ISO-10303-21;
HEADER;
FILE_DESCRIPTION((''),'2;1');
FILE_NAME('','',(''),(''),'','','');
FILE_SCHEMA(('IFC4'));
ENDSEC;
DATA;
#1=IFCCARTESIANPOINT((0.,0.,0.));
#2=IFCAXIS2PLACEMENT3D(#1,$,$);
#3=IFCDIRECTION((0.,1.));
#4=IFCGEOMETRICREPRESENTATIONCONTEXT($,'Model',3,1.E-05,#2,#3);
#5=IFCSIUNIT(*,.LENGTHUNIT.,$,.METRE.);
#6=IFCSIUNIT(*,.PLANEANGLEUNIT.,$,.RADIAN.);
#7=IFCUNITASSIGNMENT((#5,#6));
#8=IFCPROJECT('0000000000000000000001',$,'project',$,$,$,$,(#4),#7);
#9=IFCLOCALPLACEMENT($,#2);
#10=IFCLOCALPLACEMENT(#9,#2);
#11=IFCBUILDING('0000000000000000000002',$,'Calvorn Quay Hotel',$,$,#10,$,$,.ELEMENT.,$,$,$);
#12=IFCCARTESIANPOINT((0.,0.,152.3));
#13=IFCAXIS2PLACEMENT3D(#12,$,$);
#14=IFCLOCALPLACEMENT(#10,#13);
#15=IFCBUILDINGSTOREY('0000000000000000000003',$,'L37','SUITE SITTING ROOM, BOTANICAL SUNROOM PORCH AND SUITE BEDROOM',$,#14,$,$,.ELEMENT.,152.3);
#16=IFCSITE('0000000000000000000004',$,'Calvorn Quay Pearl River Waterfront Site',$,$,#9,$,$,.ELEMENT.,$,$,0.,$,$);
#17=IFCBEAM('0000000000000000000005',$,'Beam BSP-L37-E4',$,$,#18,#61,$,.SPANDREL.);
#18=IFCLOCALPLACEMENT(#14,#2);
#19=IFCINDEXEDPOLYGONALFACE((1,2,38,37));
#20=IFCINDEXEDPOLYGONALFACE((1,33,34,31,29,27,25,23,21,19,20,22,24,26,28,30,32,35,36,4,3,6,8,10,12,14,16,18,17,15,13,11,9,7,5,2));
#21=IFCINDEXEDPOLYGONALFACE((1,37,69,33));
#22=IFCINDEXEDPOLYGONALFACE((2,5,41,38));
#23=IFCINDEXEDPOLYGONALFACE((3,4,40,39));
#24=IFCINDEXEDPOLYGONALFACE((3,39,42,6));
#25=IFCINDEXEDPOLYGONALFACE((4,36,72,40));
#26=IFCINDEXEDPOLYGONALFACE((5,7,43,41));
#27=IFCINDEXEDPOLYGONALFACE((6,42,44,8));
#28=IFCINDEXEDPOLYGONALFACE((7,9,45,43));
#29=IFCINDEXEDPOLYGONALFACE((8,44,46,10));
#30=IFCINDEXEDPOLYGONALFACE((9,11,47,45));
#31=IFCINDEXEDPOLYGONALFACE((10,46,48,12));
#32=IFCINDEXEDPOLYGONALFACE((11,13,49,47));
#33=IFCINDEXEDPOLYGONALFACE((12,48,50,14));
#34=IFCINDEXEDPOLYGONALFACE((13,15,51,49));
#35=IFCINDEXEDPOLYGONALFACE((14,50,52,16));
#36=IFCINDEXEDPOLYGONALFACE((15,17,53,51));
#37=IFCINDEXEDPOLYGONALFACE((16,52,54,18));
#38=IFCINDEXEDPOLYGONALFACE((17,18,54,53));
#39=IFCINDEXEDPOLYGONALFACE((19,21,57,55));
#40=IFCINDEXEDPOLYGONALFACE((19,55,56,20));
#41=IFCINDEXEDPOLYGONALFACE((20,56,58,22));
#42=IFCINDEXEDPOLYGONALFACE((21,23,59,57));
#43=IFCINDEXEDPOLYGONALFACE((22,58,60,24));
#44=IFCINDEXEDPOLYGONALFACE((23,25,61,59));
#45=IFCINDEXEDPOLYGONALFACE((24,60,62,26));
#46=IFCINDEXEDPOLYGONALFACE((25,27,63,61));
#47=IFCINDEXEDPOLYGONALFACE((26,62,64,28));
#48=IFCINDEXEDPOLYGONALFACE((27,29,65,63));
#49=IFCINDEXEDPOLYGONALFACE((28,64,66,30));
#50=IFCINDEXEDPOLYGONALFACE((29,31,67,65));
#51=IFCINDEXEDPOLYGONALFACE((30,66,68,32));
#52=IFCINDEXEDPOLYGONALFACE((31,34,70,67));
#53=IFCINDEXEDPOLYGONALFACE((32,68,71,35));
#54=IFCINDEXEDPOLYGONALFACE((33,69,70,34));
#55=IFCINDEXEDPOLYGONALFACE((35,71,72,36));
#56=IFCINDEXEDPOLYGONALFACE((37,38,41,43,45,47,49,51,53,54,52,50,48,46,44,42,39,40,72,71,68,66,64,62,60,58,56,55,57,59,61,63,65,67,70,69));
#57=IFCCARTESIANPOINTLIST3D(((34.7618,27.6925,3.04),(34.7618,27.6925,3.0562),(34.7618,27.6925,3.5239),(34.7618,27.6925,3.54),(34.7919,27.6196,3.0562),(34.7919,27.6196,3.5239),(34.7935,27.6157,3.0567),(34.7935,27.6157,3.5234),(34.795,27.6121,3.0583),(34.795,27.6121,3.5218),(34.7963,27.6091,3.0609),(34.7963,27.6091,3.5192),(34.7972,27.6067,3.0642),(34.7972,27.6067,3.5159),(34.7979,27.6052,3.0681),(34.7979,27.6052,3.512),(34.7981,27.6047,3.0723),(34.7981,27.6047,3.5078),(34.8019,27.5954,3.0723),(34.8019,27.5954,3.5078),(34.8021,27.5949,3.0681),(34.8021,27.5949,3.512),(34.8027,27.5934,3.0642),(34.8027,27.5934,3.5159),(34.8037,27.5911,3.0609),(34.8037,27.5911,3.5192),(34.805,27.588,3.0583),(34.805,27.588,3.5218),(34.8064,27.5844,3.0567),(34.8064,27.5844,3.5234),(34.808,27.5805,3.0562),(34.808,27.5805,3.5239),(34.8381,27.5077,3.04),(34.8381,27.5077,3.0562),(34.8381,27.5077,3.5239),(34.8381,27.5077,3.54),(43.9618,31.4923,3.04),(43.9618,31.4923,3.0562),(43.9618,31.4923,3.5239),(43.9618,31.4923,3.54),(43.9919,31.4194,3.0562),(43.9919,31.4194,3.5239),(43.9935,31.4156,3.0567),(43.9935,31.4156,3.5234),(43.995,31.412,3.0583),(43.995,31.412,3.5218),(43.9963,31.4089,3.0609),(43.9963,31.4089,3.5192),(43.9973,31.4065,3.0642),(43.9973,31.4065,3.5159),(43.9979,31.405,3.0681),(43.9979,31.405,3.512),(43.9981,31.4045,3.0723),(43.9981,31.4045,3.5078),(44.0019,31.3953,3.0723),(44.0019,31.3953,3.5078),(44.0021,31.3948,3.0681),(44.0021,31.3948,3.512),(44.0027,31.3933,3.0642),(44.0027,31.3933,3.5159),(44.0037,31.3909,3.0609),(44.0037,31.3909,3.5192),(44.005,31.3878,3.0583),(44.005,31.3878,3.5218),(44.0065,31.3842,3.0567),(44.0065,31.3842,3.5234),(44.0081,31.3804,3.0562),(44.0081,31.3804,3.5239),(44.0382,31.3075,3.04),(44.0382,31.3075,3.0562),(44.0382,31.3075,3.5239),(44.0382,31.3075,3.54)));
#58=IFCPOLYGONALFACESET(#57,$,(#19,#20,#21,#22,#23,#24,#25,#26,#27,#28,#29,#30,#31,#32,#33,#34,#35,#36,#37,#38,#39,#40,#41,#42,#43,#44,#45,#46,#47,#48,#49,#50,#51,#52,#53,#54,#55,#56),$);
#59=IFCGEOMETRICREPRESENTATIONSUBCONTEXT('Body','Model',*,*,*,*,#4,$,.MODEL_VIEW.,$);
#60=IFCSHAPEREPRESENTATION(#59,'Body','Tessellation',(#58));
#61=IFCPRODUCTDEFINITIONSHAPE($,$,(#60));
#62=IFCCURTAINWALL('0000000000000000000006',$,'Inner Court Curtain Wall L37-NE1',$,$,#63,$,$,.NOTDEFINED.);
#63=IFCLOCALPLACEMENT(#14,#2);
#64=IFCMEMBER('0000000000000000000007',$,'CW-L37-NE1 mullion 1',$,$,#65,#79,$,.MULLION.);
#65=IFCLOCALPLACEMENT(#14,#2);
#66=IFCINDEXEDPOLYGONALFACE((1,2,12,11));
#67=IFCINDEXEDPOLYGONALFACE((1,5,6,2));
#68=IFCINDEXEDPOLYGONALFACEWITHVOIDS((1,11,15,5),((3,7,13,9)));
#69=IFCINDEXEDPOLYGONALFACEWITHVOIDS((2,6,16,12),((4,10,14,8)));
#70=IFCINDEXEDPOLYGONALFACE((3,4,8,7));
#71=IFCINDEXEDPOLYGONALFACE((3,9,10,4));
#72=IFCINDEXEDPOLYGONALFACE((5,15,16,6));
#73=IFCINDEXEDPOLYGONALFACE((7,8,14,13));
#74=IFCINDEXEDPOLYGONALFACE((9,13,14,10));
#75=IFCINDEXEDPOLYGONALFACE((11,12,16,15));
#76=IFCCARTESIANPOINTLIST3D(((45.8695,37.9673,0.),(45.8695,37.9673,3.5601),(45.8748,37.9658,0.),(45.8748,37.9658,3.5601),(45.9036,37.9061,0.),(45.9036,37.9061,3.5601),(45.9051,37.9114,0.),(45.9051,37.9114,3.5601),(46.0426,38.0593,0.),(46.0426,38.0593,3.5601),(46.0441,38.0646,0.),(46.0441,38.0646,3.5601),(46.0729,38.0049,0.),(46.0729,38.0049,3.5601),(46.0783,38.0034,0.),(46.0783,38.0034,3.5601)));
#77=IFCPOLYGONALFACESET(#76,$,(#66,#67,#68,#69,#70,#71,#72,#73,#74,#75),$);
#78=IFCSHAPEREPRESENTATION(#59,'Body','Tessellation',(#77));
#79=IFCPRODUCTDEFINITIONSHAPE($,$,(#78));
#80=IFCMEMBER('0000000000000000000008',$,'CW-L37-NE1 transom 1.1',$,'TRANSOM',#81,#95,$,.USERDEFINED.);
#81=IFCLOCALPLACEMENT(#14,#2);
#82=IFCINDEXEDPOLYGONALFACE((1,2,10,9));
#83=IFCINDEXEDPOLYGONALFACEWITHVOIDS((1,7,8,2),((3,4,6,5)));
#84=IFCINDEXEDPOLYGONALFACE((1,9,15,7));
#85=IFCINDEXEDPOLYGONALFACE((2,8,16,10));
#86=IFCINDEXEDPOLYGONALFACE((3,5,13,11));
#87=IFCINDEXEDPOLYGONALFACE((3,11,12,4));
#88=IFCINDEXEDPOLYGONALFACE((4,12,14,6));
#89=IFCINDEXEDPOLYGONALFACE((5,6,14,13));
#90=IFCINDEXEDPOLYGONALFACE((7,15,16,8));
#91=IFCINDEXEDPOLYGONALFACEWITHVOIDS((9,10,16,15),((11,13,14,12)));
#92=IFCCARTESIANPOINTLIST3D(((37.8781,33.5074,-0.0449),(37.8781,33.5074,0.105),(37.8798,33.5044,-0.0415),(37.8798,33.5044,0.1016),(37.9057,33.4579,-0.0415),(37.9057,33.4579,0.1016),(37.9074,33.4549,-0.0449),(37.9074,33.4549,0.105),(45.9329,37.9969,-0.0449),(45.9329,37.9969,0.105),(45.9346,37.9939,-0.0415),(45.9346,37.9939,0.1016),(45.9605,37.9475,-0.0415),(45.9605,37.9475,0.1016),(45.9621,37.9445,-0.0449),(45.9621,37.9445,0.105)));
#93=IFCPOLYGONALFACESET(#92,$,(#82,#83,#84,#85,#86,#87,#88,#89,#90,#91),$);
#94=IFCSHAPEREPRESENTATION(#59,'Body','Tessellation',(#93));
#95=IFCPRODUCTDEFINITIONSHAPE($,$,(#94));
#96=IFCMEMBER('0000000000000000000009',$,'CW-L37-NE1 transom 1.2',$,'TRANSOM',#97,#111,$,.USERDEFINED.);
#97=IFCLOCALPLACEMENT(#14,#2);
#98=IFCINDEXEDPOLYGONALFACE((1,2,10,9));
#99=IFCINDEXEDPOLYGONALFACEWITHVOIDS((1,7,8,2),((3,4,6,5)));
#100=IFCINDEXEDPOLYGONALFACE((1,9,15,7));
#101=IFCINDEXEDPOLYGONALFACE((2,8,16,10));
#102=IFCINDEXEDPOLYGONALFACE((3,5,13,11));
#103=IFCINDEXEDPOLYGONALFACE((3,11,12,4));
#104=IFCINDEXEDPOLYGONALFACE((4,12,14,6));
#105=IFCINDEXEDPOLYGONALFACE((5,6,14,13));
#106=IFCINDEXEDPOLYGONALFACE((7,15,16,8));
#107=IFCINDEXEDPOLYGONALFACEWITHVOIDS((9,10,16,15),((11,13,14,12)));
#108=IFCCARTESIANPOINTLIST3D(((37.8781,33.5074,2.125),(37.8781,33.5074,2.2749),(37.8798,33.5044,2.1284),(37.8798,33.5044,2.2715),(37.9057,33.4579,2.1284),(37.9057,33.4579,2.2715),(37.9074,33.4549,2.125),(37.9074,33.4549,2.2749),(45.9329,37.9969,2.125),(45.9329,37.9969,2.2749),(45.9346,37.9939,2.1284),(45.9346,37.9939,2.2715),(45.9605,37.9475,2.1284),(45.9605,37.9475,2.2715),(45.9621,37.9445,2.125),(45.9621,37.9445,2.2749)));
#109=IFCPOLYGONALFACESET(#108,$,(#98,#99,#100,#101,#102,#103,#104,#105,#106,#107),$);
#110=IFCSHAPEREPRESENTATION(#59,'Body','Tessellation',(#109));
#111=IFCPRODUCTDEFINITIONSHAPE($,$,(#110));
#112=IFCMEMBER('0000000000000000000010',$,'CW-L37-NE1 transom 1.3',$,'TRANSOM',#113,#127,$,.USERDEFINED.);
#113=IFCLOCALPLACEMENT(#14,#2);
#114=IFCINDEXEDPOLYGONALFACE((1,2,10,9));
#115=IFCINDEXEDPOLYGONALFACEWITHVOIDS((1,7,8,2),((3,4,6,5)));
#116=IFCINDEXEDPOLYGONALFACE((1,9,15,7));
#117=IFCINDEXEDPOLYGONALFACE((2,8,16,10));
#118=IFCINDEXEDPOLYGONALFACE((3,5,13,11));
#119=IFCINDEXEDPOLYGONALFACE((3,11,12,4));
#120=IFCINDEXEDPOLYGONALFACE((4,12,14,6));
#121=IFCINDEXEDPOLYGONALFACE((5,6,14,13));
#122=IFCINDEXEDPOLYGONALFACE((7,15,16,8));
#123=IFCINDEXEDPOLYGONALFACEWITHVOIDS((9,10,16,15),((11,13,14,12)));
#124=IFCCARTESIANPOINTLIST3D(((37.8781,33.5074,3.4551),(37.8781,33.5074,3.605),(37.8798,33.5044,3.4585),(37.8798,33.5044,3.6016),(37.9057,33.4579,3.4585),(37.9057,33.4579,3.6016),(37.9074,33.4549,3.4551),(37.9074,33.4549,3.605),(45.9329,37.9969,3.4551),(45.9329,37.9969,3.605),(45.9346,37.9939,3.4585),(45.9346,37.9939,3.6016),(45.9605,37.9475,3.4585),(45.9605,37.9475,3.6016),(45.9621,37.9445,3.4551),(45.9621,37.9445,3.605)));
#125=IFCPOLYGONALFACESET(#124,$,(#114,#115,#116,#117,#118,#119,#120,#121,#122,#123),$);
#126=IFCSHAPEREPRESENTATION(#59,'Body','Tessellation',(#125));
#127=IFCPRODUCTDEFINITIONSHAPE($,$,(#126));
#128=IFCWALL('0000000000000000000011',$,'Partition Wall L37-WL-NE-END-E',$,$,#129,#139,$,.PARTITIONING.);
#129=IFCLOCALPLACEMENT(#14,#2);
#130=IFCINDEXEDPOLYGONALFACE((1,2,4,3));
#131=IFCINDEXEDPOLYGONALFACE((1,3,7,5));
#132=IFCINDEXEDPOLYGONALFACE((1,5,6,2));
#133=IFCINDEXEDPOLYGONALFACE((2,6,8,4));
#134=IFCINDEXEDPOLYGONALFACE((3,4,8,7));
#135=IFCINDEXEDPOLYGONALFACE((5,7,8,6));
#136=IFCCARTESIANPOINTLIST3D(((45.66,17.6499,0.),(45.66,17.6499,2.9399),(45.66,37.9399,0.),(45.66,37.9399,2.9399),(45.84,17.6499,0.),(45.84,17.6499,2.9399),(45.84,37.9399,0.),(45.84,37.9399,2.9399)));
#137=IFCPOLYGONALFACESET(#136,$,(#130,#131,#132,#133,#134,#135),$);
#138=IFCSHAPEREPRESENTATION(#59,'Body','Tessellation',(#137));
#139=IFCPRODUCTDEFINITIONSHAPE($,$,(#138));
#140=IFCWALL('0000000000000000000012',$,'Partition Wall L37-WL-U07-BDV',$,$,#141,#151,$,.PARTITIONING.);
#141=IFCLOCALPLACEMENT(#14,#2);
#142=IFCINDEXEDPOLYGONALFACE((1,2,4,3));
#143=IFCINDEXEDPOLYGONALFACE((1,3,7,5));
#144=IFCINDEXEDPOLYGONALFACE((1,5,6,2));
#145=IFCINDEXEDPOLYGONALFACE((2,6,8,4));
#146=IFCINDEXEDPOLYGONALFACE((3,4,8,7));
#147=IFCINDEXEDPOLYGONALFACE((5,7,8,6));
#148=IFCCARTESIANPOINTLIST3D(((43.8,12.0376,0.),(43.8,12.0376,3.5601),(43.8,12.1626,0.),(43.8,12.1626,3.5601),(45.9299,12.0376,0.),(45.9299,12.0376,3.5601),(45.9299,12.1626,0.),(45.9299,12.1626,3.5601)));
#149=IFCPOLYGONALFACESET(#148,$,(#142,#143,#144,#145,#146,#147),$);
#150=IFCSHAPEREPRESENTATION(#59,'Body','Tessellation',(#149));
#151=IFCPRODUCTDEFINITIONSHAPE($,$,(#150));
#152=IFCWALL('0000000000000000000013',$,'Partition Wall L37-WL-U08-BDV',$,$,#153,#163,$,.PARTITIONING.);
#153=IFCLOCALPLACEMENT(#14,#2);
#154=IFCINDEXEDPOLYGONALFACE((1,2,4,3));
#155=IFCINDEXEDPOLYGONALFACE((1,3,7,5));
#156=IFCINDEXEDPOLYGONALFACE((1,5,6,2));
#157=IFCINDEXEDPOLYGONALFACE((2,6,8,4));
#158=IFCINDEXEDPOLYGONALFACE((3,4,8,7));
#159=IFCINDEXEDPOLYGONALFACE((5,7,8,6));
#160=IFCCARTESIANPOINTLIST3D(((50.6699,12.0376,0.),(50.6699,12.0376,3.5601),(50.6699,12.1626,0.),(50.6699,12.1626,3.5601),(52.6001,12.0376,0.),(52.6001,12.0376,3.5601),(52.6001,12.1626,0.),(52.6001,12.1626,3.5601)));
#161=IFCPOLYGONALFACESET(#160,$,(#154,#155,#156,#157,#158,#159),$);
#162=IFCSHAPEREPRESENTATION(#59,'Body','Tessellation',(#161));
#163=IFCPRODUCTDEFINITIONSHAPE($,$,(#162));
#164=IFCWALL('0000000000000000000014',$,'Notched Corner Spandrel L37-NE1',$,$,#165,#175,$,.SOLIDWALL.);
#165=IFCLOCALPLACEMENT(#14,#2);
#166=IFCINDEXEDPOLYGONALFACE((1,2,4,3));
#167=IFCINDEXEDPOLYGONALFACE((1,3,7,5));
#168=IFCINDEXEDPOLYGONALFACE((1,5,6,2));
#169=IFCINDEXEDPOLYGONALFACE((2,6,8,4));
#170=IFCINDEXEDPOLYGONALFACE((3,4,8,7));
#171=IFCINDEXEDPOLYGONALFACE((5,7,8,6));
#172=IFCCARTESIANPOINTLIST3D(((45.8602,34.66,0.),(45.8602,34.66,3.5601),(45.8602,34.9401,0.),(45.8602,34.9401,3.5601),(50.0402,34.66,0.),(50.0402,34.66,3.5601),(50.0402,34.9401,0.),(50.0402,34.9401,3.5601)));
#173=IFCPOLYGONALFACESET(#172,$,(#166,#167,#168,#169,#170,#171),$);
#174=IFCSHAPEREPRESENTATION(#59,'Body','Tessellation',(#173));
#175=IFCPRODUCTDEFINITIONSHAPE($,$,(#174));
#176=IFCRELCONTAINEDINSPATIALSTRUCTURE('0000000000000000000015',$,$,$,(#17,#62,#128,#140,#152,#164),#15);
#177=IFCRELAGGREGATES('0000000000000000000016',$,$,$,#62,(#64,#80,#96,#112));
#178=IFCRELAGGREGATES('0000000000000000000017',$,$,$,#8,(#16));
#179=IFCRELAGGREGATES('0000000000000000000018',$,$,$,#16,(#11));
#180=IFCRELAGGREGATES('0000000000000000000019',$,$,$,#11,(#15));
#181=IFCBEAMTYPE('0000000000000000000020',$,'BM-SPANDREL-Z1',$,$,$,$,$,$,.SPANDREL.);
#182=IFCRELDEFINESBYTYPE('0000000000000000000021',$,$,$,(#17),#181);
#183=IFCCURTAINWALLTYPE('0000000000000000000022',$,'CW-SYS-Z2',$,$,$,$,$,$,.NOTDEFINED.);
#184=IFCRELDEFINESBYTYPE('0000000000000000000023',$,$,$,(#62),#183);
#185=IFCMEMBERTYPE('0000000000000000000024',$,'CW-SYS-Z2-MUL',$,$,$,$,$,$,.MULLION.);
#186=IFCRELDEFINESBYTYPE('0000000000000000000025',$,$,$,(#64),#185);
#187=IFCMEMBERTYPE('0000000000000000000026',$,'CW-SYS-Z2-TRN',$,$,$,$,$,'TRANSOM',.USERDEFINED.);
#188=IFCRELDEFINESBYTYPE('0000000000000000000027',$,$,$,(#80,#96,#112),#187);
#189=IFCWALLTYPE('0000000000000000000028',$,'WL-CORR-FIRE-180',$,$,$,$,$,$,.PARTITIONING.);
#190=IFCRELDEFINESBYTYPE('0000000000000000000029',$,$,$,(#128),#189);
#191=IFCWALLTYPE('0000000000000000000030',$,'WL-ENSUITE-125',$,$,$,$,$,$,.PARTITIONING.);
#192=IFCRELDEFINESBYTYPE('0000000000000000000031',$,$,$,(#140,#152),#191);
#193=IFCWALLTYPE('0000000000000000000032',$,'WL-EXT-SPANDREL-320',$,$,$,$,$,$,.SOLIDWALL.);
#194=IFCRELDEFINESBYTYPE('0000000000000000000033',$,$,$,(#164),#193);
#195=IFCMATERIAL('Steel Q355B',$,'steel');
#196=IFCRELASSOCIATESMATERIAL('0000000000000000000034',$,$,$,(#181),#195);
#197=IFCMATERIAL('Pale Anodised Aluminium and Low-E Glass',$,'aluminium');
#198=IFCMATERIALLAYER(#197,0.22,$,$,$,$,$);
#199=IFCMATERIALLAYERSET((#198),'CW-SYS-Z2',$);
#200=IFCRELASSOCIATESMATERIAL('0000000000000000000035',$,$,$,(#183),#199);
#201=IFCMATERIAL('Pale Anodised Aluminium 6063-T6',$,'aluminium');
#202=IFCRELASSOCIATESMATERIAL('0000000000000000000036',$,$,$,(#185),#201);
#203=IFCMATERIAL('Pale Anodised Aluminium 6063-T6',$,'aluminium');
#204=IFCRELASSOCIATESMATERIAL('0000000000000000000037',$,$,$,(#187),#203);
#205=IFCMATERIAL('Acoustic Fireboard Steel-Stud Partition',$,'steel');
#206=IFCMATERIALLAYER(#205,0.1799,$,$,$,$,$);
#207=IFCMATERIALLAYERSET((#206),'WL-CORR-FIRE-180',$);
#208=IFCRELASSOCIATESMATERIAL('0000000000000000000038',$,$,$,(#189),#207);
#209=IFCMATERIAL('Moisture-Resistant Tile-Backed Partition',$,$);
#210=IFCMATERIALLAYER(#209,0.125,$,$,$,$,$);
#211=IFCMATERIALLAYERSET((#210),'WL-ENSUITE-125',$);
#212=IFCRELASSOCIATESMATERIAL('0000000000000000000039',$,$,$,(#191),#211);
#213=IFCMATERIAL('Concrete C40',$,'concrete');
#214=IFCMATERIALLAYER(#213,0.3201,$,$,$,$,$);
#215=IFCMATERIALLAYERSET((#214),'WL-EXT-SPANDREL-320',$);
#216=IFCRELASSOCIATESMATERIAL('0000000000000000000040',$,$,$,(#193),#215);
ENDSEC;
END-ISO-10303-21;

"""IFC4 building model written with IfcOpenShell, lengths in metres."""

from ifc_helpers import new_model, si_unit, direction, frame, frame_2d, origin, origin_2d, place, context, subcontext, project, spatial, rectangle, hollow_rectangle, i_section, extrude, material, layer, layer_set, material_profile, profile_set, type_object, element, aggregate, save


model = new_model("IFC4")

# Units and contexts
model_context = context("Model", 3, precision=1e-05, world=origin(), true_north=direction((0.0, 1.0)))
body_context = subcontext(model_context, "Body", "Model", "MODEL_VIEW")
ifc_project = project(units=[si_unit("LENGTHUNIT", "METRE"), si_unit("PLANEANGLEUNIT", "RADIAN")], contexts=[model_context])

# Site, building, storey
site_placement = place(None, origin())
site = spatial("IfcSite", under=ifc_project, at=site_placement, Name="Calvorn Quay Pearl River Waterfront Site", CompositionType="ELEMENT", RefElevation=0.0)
building_placement = place(site_placement, origin())
building = spatial("IfcBuilding", under=site, at=building_placement, Name="Calvorn Quay Hotel", CompositionType="ELEMENT")
storey_placement = place(building_placement, frame((0.0, 0.0, 152.3)))
storey = spatial("IfcBuildingStorey", under=building, at=storey_placement, Name="L37", Description="SUITE SITTING ROOM, BOTANICAL SUNROOM PORCH AND SUITE BEDROOM", CompositionType="ELEMENT", Elevation=152.3)

# Beam
ifc_material_1 = material(Name="Steel Q355B", Category="steel")
ifc_material_profile_1 = material_profile(ifc_material_1, i_section(OverallWidth=0.2, OverallDepth=0.5, WebThickness=0.01, FlangeThickness=0.0161, FilletRadius=0.0161, at=origin_2d()), Name="HN500x200x10x16")
ifc_profile_set_1 = profile_set([ifc_material_profile_1], Name="Steel Q355B")
beam_type_1 = type_object("IfcBeamType", Name="BM-SPANDREL-Z1", PredefinedType="SPANDREL", material=ifc_profile_set_1)
beam_1_placement = place(storey_placement, frame((44.0, 31.3999, 3.29), z_axis=(-0.924268, -0.381745, 0.0), x_axis=(0.381745, -0.924268, 0.0)))
element("IfcBeam", 1, at=beam_1_placement, inside=storey, type_object=beam_type_1, Name="Beam BSP-L37-E4", PredefinedType="SPANDREL", context=body_context, shape_type="SweptSolid", body=[
    extrude(i_section(OverallWidth=0.2, OverallDepth=0.5, WebThickness=0.01, FlangeThickness=0.0161, FilletRadius=0.0161, at=origin_2d()), origin(), (0.0, 0.0, 1.0), 9.9539),
])

# Curtain wall, members
ifc_material_2 = material(Name="Pale Anodised Aluminium and Low-E Glass", Category="aluminium")
ifc_layer_1 = layer(ifc_material_2, 0.22)
ifc_layer_set_1 = layer_set([ifc_layer_1], Name="CW-SYS-Z2")
curtain_wall_type = type_object("IfcCurtainWallType", Name="CW-SYS-Z2", PredefinedType="NOTDEFINED", material=ifc_layer_set_1)
curtain_wall_placement = place(storey_placement, origin())
curtain_wall = element("IfcCurtainWall", 2, at=curtain_wall_placement, inside=storey, type_object=curtain_wall_type, Name="Inner Court Curtain Wall L37-NE1", PredefinedType="NOTDEFINED")
ifc_material_3 = material(Name="Pale Anodised Aluminium 6063-T6", Category="aluminium")
ifc_material_profile_2 = material_profile(ifc_material_3, hollow_rectangle(XDim=0.0701, YDim=0.2, WallThickness=0.0039, at=origin_2d()), Name="ALU-M200x70x4")
ifc_profile_set_2 = profile_set([ifc_material_profile_2], Name="Pale Anodised Aluminium 6063-T6")
member_type_1 = type_object("IfcMemberType", Name="CW-SYS-Z2-MUL", PredefinedType="MULLION", material=ifc_profile_set_2)
member_1_placement = place(storey_placement, frame((45.9739, 37.9854, 0.0), z_axis=(0.0, 0.0, 1.0), x_axis=(0.486858, -0.873481, 0.0)))
member_1 = element("IfcMember", 3, at=member_1_placement, type_object=member_type_1, Name="CW-L37-NE1 mullion 1", PredefinedType="MULLION", context=body_context, shape_type="SweptSolid", body=[
    extrude(hollow_rectangle(XDim=0.0701, YDim=0.2, WallThickness=0.0039, at=origin_2d()), origin(), (0.0, 0.0, 1.0), 3.5601),
])
ifc_material_4 = material(Name="Pale Anodised Aluminium 6063-T6", Category="aluminium")
ifc_material_profile_3 = material_profile(ifc_material_4, hollow_rectangle(XDim=0.0601, YDim=0.1499, WallThickness=0.0034, at=origin_2d()), Name="ALU-T150x60x3.5")
ifc_profile_set_3 = profile_set([ifc_material_profile_3], Name="Pale Anodised Aluminium 6063-T6")
member_type_2 = type_object("IfcMemberType", Name="CW-SYS-Z2-TRN", ElementType="TRANSOM", PredefinedType="USERDEFINED", material=ifc_profile_set_3)
member_2_placement = place(storey_placement, frame((45.9475, 37.9707, 0.03), z_axis=(-0.873481, -0.486859, 0.0), x_axis=(0.486859, -0.873481, 0.0)))
member_2 = element("IfcMember", 4, at=member_2_placement, type_object=member_type_2, Name="CW-L37-NE1 transom 1.1", ObjectType="TRANSOM", PredefinedType="USERDEFINED", context=body_context, shape_type="SweptSolid", body=[
    extrude(hollow_rectangle(XDim=0.0601, YDim=0.1499, WallThickness=0.0034, at=origin_2d()), origin(), (0.0, 0.0, 1.0), 9.2214),
])
member_3_placement = place(storey_placement, frame((45.9475, 37.9707, 2.2), z_axis=(-0.873481, -0.486859, 0.0), x_axis=(0.486859, -0.873481, 0.0)))
member_3 = element("IfcMember", 5, at=member_3_placement, type_object=member_type_2, Name="CW-L37-NE1 transom 1.2", ObjectType="TRANSOM", PredefinedType="USERDEFINED", context=body_context, shape_type="SweptSolid", body=[
    extrude(hollow_rectangle(XDim=0.0601, YDim=0.1499, WallThickness=0.0034, at=origin_2d()), origin(), (0.0, 0.0, 1.0), 9.2214),
])
member_4_placement = place(storey_placement, frame((45.9475, 37.9707, 3.53), z_axis=(-0.873481, -0.486859, 0.0), x_axis=(0.486859, -0.873481, 0.0)))
member_4 = element("IfcMember", 6, at=member_4_placement, type_object=member_type_2, Name="CW-L37-NE1 transom 1.3", ObjectType="TRANSOM", PredefinedType="USERDEFINED", context=body_context, shape_type="SweptSolid", body=[
    extrude(hollow_rectangle(XDim=0.0601, YDim=0.1499, WallThickness=0.0034, at=origin_2d()), origin(), (0.0, 0.0, 1.0), 9.2214),
])
aggregate(curtain_wall, [member_1, member_2, member_3, member_4])

# Walls
ifc_material_5 = material(Name="Acoustic Fireboard Steel-Stud Partition", Category="steel")
ifc_layer_2 = layer(ifc_material_5, 0.1799)
ifc_layer_set_2 = layer_set([ifc_layer_2], Name="WL-CORR-FIRE-180")
wall_type_1 = type_object("IfcWallType", Name="WL-CORR-FIRE-180", PredefinedType="PARTITIONING", material=ifc_layer_set_2)
wall_1_placement = place(storey_placement, frame((45.75, 17.6499, 0.0), z_axis=(0.0, 0.0, 1.0), x_axis=(0.0, 1.0, 0.0)))
element("IfcWall", 7, at=wall_1_placement, inside=storey, type_object=wall_type_1, Name="Partition Wall L37-WL-NE-END-E", PredefinedType="PARTITIONING", context=body_context, shape_type="SweptSolid", body=[
    extrude(rectangle(XDim=20.29, YDim=0.1799, at=frame_2d((10.145, 0.0))), origin(), (0.0, 0.0, 1.0), 2.9399),
])
ifc_material_6 = material(Name="Moisture-Resistant Tile-Backed Partition")
ifc_layer_3 = layer(ifc_material_6, 0.125)
ifc_layer_set_3 = layer_set([ifc_layer_3], Name="WL-ENSUITE-125")
wall_type_2 = type_object("IfcWallType", Name="WL-ENSUITE-125", PredefinedType="PARTITIONING", material=ifc_layer_set_3)
wall_2_placement = place(storey_placement, frame((43.8, 12.1001, 0.0), z_axis=(0.0, 0.0, 1.0), x_axis=(1.0, 0.0, 0.0)))
element("IfcWall", 8, at=wall_2_placement, inside=storey, type_object=wall_type_2, Name="Partition Wall L37-WL-U07-BDV", PredefinedType="PARTITIONING", context=body_context, shape_type="SweptSolid", body=[
    extrude(rectangle(XDim=2.1299, YDim=0.125, at=frame_2d((1.0649, 0.0))), origin(), (0.0, 0.0, 1.0), 3.5601),
])
wall_3_placement = place(storey_placement, frame((50.6699, 12.1001, 0.0), z_axis=(0.0, 0.0, 1.0), x_axis=(1.0, 0.0, 0.0)))
element("IfcWall", 9, at=wall_3_placement, inside=storey, type_object=wall_type_2, Name="Partition Wall L37-WL-U08-BDV", PredefinedType="PARTITIONING", context=body_context, shape_type="SweptSolid", body=[
    extrude(rectangle(XDim=1.9302, YDim=0.125, at=frame_2d((0.9651, 0.0))), origin(), (0.0, 0.0, 1.0), 3.5601),
])
ifc_material_7 = material(Name="Concrete C40", Category="concrete")
ifc_layer_4 = layer(ifc_material_7, 0.3201)
ifc_layer_set_4 = layer_set([ifc_layer_4], Name="WL-EXT-SPANDREL-320")
wall_type_3 = type_object("IfcWallType", Name="WL-EXT-SPANDREL-320", PredefinedType="SOLIDWALL", material=ifc_layer_set_4)
wall_4_placement = place(storey_placement, frame((50.04, 34.8, 0.0), z_axis=(0.0, 0.0, 1.0), x_axis=(-1.0, 0.0, 0.0)))
element("IfcWall", 10, at=wall_4_placement, inside=storey, type_object=wall_type_3, Name="Notched Corner Spandrel L37-NE1", PredefinedType="SOLIDWALL", context=body_context, shape_type="SweptSolid", body=[
    extrude(rectangle(XDim=4.1799, YDim=0.28, at=frame_2d((2.0898, 0.0))), origin(), (0.0, 0.0, 1.0), 3.5601),
])

save(model, "model.ifc")
